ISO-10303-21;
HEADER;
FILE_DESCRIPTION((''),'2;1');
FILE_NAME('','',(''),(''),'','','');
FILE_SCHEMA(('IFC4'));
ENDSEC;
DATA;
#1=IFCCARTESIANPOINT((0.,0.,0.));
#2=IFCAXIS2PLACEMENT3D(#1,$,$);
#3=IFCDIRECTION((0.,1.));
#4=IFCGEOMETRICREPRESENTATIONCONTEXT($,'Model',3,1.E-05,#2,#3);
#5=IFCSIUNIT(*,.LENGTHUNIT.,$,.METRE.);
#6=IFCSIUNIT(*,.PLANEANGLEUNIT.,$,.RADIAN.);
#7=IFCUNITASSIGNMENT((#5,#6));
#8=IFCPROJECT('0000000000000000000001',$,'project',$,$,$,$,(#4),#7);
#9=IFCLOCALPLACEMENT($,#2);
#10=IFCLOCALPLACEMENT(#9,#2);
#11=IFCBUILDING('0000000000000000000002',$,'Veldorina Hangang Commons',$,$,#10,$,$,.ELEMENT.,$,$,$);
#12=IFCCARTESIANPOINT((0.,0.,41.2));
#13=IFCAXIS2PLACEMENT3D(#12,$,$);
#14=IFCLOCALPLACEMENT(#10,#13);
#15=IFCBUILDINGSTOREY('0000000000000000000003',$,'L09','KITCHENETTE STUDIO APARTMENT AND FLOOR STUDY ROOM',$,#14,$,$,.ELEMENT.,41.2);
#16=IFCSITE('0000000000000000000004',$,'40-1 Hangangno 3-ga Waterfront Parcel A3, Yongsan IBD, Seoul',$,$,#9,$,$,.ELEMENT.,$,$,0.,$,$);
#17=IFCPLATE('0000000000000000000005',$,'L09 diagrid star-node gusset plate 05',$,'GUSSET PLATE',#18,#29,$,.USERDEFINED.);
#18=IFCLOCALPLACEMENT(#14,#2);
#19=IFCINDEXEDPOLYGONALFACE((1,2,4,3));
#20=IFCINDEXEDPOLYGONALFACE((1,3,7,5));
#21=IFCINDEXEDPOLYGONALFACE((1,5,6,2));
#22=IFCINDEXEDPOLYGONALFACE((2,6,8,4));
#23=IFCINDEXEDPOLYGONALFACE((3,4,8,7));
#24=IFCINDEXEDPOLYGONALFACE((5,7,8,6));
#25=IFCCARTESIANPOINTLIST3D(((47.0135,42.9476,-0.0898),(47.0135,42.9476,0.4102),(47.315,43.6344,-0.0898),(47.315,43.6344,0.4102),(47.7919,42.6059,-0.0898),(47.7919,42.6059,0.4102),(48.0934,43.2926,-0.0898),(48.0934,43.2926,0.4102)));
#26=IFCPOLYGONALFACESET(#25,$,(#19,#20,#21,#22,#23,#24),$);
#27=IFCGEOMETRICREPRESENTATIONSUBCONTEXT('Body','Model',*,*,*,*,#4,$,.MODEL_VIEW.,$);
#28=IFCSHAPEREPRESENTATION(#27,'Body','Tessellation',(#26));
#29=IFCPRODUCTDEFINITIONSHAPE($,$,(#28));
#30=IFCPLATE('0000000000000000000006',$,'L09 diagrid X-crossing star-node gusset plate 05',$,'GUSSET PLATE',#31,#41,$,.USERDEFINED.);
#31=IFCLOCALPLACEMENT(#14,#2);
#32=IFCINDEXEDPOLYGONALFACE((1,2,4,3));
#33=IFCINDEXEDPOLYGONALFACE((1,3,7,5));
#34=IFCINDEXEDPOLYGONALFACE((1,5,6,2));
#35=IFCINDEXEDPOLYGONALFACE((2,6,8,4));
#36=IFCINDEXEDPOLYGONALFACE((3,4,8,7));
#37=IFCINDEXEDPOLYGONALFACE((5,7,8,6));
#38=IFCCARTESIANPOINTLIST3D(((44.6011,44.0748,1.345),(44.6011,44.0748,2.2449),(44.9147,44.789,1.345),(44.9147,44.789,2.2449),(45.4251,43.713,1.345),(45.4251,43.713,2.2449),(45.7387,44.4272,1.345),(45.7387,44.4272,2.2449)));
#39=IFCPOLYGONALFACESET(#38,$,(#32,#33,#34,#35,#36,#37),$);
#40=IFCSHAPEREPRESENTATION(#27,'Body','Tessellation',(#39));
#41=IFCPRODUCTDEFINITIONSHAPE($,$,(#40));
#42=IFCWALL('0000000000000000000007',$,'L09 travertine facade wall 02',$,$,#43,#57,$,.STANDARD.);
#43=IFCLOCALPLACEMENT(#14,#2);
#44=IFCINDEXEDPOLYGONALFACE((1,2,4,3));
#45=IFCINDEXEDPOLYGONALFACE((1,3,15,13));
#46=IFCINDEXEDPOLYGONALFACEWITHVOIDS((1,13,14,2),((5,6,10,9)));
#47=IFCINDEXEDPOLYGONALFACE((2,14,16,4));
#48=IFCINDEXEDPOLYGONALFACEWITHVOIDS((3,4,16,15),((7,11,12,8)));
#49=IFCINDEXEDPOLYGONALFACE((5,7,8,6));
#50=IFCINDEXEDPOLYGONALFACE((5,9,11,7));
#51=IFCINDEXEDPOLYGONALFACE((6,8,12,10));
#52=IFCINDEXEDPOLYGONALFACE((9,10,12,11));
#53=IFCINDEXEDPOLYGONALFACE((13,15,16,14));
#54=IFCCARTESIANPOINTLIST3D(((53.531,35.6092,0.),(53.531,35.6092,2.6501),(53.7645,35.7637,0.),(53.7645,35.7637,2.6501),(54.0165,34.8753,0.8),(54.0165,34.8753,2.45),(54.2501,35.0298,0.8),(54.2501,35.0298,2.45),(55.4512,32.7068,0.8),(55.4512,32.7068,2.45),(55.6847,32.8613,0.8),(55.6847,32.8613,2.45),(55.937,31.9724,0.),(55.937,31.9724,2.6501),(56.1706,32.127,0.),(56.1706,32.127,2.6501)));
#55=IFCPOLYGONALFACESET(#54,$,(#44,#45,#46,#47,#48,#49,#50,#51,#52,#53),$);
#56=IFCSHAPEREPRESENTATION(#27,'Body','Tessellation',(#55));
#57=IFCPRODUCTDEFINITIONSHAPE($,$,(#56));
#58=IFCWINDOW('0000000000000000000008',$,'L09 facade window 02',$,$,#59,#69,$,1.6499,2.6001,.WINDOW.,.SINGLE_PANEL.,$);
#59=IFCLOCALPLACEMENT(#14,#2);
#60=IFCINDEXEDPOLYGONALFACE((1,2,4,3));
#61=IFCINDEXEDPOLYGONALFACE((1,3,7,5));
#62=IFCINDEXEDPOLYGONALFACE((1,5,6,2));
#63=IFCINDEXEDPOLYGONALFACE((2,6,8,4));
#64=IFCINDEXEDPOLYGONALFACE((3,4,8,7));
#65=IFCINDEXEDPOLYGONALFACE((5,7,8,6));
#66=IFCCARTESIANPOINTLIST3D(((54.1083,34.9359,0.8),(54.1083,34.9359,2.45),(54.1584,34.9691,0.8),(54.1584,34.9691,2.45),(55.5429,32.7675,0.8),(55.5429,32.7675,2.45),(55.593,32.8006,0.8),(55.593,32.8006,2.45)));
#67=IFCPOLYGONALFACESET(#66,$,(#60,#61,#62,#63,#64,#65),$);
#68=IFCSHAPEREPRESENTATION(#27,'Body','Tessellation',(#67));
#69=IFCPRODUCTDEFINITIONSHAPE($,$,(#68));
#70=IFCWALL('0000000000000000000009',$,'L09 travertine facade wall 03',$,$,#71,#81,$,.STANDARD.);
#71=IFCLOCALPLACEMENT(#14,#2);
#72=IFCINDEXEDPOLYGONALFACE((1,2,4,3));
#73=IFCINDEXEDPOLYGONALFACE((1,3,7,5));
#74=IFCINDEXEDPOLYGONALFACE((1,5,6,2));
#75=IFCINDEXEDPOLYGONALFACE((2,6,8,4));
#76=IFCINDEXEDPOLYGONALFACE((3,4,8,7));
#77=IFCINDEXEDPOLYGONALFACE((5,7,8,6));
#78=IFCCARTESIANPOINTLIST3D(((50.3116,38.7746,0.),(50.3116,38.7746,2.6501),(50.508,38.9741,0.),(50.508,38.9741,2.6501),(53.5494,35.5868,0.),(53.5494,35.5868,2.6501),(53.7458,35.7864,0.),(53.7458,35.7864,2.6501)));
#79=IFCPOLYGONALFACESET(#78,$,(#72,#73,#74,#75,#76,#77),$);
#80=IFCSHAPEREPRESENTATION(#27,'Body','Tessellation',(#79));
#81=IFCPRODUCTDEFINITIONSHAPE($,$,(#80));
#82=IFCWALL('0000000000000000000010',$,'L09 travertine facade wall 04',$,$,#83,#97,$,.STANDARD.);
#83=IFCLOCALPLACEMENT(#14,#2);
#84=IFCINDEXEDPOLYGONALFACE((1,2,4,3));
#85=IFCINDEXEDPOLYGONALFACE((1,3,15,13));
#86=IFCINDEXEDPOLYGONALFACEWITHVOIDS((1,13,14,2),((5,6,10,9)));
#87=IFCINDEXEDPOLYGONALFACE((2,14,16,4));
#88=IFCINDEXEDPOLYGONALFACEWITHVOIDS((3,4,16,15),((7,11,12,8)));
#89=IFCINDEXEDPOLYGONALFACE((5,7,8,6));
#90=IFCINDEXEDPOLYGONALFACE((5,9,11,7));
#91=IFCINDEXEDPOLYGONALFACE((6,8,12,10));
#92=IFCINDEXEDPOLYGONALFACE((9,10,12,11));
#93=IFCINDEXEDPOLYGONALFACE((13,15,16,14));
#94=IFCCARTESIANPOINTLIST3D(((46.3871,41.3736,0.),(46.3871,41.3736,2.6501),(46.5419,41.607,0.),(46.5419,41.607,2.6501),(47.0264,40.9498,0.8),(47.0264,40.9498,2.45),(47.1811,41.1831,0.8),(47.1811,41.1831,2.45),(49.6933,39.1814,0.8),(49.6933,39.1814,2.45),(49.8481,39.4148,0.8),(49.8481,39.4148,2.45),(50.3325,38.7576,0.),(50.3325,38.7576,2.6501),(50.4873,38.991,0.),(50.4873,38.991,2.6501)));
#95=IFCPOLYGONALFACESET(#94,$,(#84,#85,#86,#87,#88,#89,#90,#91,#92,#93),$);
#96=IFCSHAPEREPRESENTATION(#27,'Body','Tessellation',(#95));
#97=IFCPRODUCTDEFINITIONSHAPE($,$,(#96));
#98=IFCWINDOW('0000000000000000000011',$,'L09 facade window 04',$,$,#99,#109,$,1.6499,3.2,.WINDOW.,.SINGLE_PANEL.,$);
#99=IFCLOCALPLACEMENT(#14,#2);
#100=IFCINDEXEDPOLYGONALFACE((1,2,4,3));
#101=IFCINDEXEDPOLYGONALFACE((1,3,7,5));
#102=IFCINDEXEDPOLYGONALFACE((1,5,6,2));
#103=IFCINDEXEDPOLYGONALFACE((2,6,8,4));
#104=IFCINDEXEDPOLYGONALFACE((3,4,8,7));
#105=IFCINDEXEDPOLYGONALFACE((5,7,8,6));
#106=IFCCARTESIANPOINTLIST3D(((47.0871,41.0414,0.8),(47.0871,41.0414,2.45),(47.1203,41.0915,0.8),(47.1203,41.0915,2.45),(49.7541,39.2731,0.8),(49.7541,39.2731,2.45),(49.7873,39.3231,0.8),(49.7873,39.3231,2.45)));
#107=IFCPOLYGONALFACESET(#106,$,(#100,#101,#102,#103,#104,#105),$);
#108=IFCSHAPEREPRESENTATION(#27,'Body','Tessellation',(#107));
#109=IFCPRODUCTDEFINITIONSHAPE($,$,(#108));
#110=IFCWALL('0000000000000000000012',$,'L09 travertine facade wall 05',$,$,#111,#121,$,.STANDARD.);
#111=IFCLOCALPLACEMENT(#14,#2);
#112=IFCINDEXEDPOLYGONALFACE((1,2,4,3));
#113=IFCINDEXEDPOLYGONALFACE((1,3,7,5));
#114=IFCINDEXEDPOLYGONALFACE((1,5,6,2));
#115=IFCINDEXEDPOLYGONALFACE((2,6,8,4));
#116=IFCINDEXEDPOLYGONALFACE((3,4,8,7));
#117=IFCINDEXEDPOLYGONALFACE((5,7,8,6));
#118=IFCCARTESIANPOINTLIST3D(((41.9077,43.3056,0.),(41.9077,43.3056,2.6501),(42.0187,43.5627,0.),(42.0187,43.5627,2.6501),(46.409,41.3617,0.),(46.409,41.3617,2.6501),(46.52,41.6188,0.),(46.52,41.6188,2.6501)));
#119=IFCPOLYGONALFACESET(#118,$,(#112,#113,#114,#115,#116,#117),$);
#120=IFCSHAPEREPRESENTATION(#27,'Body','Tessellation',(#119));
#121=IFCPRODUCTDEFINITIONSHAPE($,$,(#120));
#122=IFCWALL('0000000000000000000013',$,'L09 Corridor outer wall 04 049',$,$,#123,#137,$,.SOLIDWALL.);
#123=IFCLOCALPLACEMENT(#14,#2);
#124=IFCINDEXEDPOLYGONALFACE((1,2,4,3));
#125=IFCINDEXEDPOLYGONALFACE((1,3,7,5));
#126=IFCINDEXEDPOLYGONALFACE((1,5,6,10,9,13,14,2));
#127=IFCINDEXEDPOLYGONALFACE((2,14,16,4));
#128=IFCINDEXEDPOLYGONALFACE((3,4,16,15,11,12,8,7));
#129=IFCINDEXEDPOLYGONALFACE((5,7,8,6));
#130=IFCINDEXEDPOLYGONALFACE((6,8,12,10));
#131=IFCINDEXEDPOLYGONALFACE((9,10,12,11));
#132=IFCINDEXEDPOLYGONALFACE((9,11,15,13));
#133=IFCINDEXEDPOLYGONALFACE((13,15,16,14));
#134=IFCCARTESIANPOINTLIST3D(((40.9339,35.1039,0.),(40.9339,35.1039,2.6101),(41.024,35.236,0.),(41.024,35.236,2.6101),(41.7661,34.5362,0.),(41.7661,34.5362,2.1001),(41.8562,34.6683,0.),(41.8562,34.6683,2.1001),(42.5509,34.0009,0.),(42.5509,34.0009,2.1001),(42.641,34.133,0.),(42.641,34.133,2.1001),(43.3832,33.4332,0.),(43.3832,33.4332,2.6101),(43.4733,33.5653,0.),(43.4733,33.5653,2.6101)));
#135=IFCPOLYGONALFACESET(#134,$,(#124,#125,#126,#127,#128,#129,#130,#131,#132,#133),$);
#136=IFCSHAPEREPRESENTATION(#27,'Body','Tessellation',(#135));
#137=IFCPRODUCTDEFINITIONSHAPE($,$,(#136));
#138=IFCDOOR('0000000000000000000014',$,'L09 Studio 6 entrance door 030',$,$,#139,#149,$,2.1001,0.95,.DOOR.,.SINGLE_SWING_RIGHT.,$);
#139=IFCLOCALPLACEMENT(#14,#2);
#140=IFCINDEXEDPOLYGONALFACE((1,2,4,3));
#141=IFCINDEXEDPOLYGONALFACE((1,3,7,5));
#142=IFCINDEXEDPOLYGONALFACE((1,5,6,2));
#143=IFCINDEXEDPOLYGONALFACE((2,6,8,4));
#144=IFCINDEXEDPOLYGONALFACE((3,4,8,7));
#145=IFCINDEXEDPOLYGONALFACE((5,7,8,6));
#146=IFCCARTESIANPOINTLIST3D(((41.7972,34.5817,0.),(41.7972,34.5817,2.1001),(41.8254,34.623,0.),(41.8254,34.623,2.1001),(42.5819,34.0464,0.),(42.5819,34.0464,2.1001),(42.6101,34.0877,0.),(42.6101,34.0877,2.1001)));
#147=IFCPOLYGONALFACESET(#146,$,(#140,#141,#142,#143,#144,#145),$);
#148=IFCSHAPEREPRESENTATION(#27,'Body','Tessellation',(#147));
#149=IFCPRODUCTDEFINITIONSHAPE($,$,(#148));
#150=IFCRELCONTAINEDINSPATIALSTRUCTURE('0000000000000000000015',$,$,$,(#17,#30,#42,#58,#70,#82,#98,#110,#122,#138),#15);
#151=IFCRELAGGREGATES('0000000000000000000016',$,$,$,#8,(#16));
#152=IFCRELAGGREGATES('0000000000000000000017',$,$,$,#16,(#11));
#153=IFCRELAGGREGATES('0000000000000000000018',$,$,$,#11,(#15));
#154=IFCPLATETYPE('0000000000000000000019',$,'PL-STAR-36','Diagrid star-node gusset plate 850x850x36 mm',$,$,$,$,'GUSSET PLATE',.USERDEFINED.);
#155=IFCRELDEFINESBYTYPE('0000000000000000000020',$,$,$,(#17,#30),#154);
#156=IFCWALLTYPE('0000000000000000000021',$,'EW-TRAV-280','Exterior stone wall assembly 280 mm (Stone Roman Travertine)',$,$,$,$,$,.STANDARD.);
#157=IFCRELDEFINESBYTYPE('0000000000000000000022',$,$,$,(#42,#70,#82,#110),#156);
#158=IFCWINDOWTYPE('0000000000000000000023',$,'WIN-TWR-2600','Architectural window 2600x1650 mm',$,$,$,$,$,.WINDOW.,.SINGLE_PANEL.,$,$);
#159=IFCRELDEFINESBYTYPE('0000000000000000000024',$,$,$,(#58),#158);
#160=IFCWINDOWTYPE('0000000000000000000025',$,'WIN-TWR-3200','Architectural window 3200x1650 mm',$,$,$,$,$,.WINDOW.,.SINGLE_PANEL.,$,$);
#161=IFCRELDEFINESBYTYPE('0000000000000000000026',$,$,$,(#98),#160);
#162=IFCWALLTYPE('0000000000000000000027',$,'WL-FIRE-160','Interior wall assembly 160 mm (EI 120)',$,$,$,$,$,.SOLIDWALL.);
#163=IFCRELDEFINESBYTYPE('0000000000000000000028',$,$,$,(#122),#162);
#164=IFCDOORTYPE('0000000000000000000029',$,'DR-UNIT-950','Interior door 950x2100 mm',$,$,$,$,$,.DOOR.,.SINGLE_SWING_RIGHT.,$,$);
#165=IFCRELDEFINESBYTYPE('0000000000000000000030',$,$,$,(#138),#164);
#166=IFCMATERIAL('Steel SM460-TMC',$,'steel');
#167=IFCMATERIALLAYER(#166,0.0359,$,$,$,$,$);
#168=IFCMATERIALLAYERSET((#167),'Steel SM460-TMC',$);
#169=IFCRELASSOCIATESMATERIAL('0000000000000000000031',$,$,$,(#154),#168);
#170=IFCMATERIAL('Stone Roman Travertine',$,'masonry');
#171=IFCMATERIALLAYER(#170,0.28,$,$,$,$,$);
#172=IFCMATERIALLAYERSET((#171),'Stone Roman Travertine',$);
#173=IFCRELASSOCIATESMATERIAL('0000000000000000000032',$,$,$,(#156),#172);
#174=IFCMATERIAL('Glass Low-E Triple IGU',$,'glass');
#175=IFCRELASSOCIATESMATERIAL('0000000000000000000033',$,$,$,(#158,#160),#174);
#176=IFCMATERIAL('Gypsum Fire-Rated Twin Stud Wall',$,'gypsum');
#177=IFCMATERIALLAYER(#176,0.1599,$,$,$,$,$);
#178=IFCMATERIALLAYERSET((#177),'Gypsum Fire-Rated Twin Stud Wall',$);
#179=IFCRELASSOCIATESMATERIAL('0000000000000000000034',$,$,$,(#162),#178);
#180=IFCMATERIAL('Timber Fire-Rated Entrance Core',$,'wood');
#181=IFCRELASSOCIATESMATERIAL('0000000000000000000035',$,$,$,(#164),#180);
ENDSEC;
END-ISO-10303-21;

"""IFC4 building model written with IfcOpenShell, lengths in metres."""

from ifc_helpers import new_model, si_unit, direction, frame, frame_2d, origin, origin_2d, place, context, subcontext, project, spatial, rectangle, extrude, material, layer, layer_set, type_object, element, fill, save


model = new_model("IFC4")

# Units and contexts
model_context = context("Model", 3, precision=1e-05, world=origin(), true_north=direction((0.0, 1.0)))
body_context = subcontext(model_context, "Body", "Model", "MODEL_VIEW")
ifc_project = project(units=[si_unit("LENGTHUNIT", "METRE"), si_unit("PLANEANGLEUNIT", "RADIAN")], contexts=[model_context])

# Site, building, storey
site_placement = place(None, origin())
site = spatial("IfcSite", under=ifc_project, at=site_placement, Name="40-1 Hangangno 3-ga Waterfront Parcel A3, Yongsan IBD, Seoul", CompositionType="ELEMENT", RefElevation=0.0)
building_placement = place(site_placement, origin())
building = spatial("IfcBuilding", under=site, at=building_placement, Name="Veldorina Hangang Commons", CompositionType="ELEMENT")
storey_placement = place(building_placement, frame((0.0, 0.0, 41.2)))
storey = spatial("IfcBuildingStorey", under=building, at=storey_placement, Name="L09", Description="KITCHENETTE STUDIO APARTMENT AND FLOOR STUDY ROOM", CompositionType="ELEMENT", Elevation=41.2)

# Shared definitions
ifc_material_1 = material(Name="Steel SM460-TMC", Category="steel")

# Plates
ifc_layer_1 = layer(ifc_material_1, 0.0359)
ifc_layer_set_1 = layer_set([ifc_layer_1], Name="Steel SM460-TMC")
plate_type = type_object("IfcPlateType", Name="PL-STAR-36", Description="Diagrid star-node gusset plate 850x850x36 mm", ElementType="GUSSET PLATE", PredefinedType="USERDEFINED", material=ifc_layer_set_1)
for number, where, z_axis, x_axis, name in (
    (1, (47.5535, 43.1201, -0.0898), (0.0, 0.0, 1.0), (-0.915635, 0.402012, 0.0), "L09 diagrid star-node gusset plate 05"),
):
    element("IfcPlate", number, at=place(storey_placement, frame(where, z_axis=z_axis, x_axis=x_axis)), inside=storey, type_object=plate_type, Name=name, ObjectType="GUSSET PLATE", PredefinedType="USERDEFINED", context=body_context, shape_type="SweptSolid", body=[
        extrude(rectangle(XDim=0.8501, YDim=0.75, at=origin_2d()), origin(), (0.0, 0.0, 1.0), 0.5),
    ])
plate_1_placement = place(storey_placement, frame((45.1699, 44.251, 1.345), z_axis=(0.0, 0.0, 1.0), x_axis=(-0.915635, 0.402012, 0.0)))
element("IfcPlate", 2, at=plate_1_placement, inside=storey, type_object=plate_type, Name="L09 diagrid X-crossing star-node gusset plate 05", ObjectType="GUSSET PLATE", PredefinedType="USERDEFINED", context=body_context, shape_type="SweptSolid", body=[
    extrude(rectangle(XDim=0.8999, YDim=0.78, at=origin_2d()), origin(), (0.0, 0.0, 1.0), 0.8999),
])

# Wall, opening, window
ifc_material_2 = material(Name="Stone Roman Travertine", Category="masonry")
ifc_layer_2 = layer(ifc_material_2, 0.28)
ifc_layer_set_2 = layer_set([ifc_layer_2], Name="Stone Roman Travertine")
wall_type_1 = type_object("IfcWallType", Name="EW-TRAV-280", Description="Exterior stone wall assembly 280 mm (Stone Roman Travertine)", PredefinedType="STANDARD", material=ifc_layer_set_2)
wall_1_placement = place(storey_placement, frame((56.0537, 32.0498, 0.0), z_axis=(0.0, 0.0, 1.0), x_axis=(-0.551764, 0.834, 0.0)))
wall_1 = element("IfcWall", 3, at=wall_1_placement, inside=storey, type_object=wall_type_1, Name="L09 travertine facade wall 02", PredefinedType="STANDARD", context=body_context, shape_type="SweptSolid", body=[
    extrude(rectangle(XDim=4.3606, YDim=0.28, at=frame_2d((2.1802, 0.0))), origin(), (0.0, 0.0, 1.0), 2.6501),
])
opening_1_placement = place(wall_1_placement, frame((0.8804, 0.0, 0.8)))
opening_1 = element("IfcOpeningElement", 4, at=opening_1_placement, cuts=wall_1, PredefinedType="OPENING", context=body_context, shape_type="SweptSolid", body=[
    extrude(rectangle(XDim=2.6001, YDim=1.6499, at=frame_2d((1.3, 0.825))), frame((0.0, 0.1499, 0.0), z_axis=(0.0, -1.0, 0.0), x_axis=(1.0, 0.0, 0.0)), (0.0, 0.0, 1.0), 0.3),
])
ifc_material_3 = material(Name="Glass Low-E Triple IGU", Category="glass")
window_type_1 = type_object("IfcWindowType", Name="WIN-TWR-2600", Description="Architectural window 2600x1650 mm", PartitioningType="SINGLE_PANEL", PredefinedType="WINDOW", material=ifc_material_3)
window_1_placement = place(opening_1_placement, origin())
window_1 = element("IfcWindow", 5, at=window_1_placement, inside=storey, type_object=window_type_1, Name="L09 facade window 02", OverallHeight=1.6499, OverallWidth=2.6001, PartitioningType="SINGLE_PANEL", PredefinedType="WINDOW", context=body_context, shape_type="SweptSolid", body=[
    extrude(rectangle(XDim=2.6001, YDim=1.6499, at=frame_2d((1.3, 0.825))), frame((0.0, 0.03, 0.0), z_axis=(0.0, -1.0, 0.0), x_axis=(1.0, 0.0, 0.0)), (0.0, 0.0, 1.0), 0.0601),
])
fill(opening_1, window_1)

# Wall
wall_2_placement = place(storey_placement, frame((53.6477, 35.6865, 0.0), z_axis=(0.0, 0.0, 1.0), x_axis=(-0.712593, 0.701578, 0.0)))
element("IfcWall", 6, at=wall_2_placement, inside=storey, type_object=wall_type_1, Name="L09 travertine facade wall 03", PredefinedType="STANDARD", context=body_context, shape_type="SweptSolid", body=[
    extrude(rectangle(XDim=4.5437, YDim=0.28, at=frame_2d((2.272, 0.0))), origin(), (0.0, 0.0, 1.0), 2.6501),
])

# Wall, opening, window
wall_3_placement = place(storey_placement, frame((50.4099, 38.8743, 0.0), z_axis=(0.0, 0.0, 1.0), x_axis=(-0.833436, 0.552616, 0.0)))
wall_3 = element("IfcWall", 7, at=wall_3_placement, inside=storey, type_object=wall_type_1, Name="L09 travertine facade wall 04", PredefinedType="STANDARD", context=body_context, shape_type="SweptSolid", body=[
    extrude(rectangle(XDim=4.7339, YDim=0.28, at=frame_2d((2.3669, 0.0))), origin(), (0.0, 0.0, 1.0), 2.6501),
])
opening_2_placement = place(wall_3_placement, frame((0.7668, 0.0, 0.8)))
opening_2 = element("IfcOpeningElement", 8, at=opening_2_placement, cuts=wall_3, PredefinedType="OPENING", context=body_context, shape_type="SweptSolid", body=[
    extrude(rectangle(XDim=3.2, YDim=1.6499, at=frame_2d((1.6001, 0.825))), frame((0.0, 0.1499, 0.0), z_axis=(0.0, -1.0, 0.0), x_axis=(1.0, 0.0, 0.0)), (0.0, 0.0, 1.0), 0.3),
])
window_type_2 = type_object("IfcWindowType", Name="WIN-TWR-3200", Description="Architectural window 3200x1650 mm", PartitioningType="SINGLE_PANEL", PredefinedType="WINDOW", material=ifc_material_3)
window_2_placement = place(opening_2_placement, origin())
window_2 = element("IfcWindow", 9, at=window_2_placement, inside=storey, type_object=window_type_2, Name="L09 facade window 04", OverallHeight=1.6499, OverallWidth=3.2, PartitioningType="SINGLE_PANEL", PredefinedType="WINDOW", context=body_context, shape_type="SweptSolid", body=[
    extrude(rectangle(XDim=3.2, YDim=1.6499, at=frame_2d((1.6001, 0.825))), frame((0.0, 0.03, 0.0), z_axis=(0.0, -1.0, 0.0), x_axis=(1.0, 0.0, 0.0)), (0.0, 0.0, 1.0), 0.0601),
])
fill(opening_2, window_2)

# Wall
wall_4_placement = place(storey_placement, frame((46.4646, 41.4902, 0.0), z_axis=(0.0, 0.0, 1.0), x_axis=(-0.918052, 0.39646, 0.0)))
element("IfcWall", 10, at=wall_4_placement, inside=storey, type_object=wall_type_1, Name="L09 travertine facade wall 05", PredefinedType="STANDARD", context=body_context, shape_type="SweptSolid", body=[
    extrude(rectangle(XDim=4.9031, YDim=0.28, at=frame_2d((2.4517, 0.0))), origin(), (0.0, 0.0, 1.0), 2.6501),
])

# Wall, opening, door
ifc_material_4 = material(Name="Gypsum Fire-Rated Twin Stud Wall", Category="gypsum")
ifc_layer_3 = layer(ifc_material_4, 0.1599)
ifc_layer_set_3 = layer_set([ifc_layer_3], Name="Gypsum Fire-Rated Twin Stud Wall")
wall_type_2 = type_object("IfcWallType", Name="WL-FIRE-160", Description="Interior wall assembly 160 mm (EI 120)", PredefinedType="SOLIDWALL", material=ifc_layer_set_3)
wall_5_placement = place(storey_placement, frame((43.4282, 33.4993, 0.0), z_axis=(0.0, 0.0, 1.0), x_axis=(-0.826112, 0.563505, 0.0)))
wall_5 = element("IfcWall", 11, at=wall_5_placement, inside=storey, type_object=wall_type_2, Name="L09 Corridor outer wall 04 049", PredefinedType="SOLIDWALL", context=body_context, shape_type="SweptSolid", body=[
    extrude(rectangle(XDim=2.9648, YDim=0.1599, at=frame_2d((1.4824, 0.0))), origin(), (0.0, 0.0, 1.0), 2.6101),
])
opening_3_placement = place(wall_5_placement, frame((1.0073, 0.0, 0.0)))
opening_3 = element("IfcOpeningElement", 12, at=opening_3_placement, cuts=wall_5, PredefinedType="OPENING", context=body_context, shape_type="SweptSolid", body=[
    extrude(rectangle(XDim=0.95, YDim=2.1001, at=frame_2d((0.4751, 1.05))), frame((0.0, 0.0898, 0.0), z_axis=(0.0, -1.0, 0.0), x_axis=(1.0, 0.0, 0.0)), (0.0, 0.0, 1.0), 0.1799),
])
ifc_material_5 = material(Name="Timber Fire-Rated Entrance Core", Category="wood")
door_type_1 = type_object("IfcDoorType", Name="DR-UNIT-950", Description="Interior door 950x2100 mm", OperationType="SINGLE_SWING_RIGHT", PredefinedType="DOOR", material=ifc_material_5)
door_1_placement = place(opening_3_placement, origin())
door_1 = element("IfcDoor", 13, at=door_1_placement, inside=storey, type_object=door_type_1, Name="L09 Studio 6 entrance door 030", OperationType="SINGLE_SWING_RIGHT", OverallHeight=2.1001, OverallWidth=0.95, PredefinedType="DOOR", context=body_context, shape_type="SweptSolid", body=[
    extrude(rectangle(XDim=0.95, YDim=2.1001, at=frame_2d((0.4751, 1.05))), frame((0.0, 0.0249, 0.0), z_axis=(0.0, -1.0, 0.0), x_axis=(1.0, 0.0, 0.0)), (0.0, 0.0, 1.0), 0.05),
])
fill(opening_3, door_1)

save(model, "model.ifc")
